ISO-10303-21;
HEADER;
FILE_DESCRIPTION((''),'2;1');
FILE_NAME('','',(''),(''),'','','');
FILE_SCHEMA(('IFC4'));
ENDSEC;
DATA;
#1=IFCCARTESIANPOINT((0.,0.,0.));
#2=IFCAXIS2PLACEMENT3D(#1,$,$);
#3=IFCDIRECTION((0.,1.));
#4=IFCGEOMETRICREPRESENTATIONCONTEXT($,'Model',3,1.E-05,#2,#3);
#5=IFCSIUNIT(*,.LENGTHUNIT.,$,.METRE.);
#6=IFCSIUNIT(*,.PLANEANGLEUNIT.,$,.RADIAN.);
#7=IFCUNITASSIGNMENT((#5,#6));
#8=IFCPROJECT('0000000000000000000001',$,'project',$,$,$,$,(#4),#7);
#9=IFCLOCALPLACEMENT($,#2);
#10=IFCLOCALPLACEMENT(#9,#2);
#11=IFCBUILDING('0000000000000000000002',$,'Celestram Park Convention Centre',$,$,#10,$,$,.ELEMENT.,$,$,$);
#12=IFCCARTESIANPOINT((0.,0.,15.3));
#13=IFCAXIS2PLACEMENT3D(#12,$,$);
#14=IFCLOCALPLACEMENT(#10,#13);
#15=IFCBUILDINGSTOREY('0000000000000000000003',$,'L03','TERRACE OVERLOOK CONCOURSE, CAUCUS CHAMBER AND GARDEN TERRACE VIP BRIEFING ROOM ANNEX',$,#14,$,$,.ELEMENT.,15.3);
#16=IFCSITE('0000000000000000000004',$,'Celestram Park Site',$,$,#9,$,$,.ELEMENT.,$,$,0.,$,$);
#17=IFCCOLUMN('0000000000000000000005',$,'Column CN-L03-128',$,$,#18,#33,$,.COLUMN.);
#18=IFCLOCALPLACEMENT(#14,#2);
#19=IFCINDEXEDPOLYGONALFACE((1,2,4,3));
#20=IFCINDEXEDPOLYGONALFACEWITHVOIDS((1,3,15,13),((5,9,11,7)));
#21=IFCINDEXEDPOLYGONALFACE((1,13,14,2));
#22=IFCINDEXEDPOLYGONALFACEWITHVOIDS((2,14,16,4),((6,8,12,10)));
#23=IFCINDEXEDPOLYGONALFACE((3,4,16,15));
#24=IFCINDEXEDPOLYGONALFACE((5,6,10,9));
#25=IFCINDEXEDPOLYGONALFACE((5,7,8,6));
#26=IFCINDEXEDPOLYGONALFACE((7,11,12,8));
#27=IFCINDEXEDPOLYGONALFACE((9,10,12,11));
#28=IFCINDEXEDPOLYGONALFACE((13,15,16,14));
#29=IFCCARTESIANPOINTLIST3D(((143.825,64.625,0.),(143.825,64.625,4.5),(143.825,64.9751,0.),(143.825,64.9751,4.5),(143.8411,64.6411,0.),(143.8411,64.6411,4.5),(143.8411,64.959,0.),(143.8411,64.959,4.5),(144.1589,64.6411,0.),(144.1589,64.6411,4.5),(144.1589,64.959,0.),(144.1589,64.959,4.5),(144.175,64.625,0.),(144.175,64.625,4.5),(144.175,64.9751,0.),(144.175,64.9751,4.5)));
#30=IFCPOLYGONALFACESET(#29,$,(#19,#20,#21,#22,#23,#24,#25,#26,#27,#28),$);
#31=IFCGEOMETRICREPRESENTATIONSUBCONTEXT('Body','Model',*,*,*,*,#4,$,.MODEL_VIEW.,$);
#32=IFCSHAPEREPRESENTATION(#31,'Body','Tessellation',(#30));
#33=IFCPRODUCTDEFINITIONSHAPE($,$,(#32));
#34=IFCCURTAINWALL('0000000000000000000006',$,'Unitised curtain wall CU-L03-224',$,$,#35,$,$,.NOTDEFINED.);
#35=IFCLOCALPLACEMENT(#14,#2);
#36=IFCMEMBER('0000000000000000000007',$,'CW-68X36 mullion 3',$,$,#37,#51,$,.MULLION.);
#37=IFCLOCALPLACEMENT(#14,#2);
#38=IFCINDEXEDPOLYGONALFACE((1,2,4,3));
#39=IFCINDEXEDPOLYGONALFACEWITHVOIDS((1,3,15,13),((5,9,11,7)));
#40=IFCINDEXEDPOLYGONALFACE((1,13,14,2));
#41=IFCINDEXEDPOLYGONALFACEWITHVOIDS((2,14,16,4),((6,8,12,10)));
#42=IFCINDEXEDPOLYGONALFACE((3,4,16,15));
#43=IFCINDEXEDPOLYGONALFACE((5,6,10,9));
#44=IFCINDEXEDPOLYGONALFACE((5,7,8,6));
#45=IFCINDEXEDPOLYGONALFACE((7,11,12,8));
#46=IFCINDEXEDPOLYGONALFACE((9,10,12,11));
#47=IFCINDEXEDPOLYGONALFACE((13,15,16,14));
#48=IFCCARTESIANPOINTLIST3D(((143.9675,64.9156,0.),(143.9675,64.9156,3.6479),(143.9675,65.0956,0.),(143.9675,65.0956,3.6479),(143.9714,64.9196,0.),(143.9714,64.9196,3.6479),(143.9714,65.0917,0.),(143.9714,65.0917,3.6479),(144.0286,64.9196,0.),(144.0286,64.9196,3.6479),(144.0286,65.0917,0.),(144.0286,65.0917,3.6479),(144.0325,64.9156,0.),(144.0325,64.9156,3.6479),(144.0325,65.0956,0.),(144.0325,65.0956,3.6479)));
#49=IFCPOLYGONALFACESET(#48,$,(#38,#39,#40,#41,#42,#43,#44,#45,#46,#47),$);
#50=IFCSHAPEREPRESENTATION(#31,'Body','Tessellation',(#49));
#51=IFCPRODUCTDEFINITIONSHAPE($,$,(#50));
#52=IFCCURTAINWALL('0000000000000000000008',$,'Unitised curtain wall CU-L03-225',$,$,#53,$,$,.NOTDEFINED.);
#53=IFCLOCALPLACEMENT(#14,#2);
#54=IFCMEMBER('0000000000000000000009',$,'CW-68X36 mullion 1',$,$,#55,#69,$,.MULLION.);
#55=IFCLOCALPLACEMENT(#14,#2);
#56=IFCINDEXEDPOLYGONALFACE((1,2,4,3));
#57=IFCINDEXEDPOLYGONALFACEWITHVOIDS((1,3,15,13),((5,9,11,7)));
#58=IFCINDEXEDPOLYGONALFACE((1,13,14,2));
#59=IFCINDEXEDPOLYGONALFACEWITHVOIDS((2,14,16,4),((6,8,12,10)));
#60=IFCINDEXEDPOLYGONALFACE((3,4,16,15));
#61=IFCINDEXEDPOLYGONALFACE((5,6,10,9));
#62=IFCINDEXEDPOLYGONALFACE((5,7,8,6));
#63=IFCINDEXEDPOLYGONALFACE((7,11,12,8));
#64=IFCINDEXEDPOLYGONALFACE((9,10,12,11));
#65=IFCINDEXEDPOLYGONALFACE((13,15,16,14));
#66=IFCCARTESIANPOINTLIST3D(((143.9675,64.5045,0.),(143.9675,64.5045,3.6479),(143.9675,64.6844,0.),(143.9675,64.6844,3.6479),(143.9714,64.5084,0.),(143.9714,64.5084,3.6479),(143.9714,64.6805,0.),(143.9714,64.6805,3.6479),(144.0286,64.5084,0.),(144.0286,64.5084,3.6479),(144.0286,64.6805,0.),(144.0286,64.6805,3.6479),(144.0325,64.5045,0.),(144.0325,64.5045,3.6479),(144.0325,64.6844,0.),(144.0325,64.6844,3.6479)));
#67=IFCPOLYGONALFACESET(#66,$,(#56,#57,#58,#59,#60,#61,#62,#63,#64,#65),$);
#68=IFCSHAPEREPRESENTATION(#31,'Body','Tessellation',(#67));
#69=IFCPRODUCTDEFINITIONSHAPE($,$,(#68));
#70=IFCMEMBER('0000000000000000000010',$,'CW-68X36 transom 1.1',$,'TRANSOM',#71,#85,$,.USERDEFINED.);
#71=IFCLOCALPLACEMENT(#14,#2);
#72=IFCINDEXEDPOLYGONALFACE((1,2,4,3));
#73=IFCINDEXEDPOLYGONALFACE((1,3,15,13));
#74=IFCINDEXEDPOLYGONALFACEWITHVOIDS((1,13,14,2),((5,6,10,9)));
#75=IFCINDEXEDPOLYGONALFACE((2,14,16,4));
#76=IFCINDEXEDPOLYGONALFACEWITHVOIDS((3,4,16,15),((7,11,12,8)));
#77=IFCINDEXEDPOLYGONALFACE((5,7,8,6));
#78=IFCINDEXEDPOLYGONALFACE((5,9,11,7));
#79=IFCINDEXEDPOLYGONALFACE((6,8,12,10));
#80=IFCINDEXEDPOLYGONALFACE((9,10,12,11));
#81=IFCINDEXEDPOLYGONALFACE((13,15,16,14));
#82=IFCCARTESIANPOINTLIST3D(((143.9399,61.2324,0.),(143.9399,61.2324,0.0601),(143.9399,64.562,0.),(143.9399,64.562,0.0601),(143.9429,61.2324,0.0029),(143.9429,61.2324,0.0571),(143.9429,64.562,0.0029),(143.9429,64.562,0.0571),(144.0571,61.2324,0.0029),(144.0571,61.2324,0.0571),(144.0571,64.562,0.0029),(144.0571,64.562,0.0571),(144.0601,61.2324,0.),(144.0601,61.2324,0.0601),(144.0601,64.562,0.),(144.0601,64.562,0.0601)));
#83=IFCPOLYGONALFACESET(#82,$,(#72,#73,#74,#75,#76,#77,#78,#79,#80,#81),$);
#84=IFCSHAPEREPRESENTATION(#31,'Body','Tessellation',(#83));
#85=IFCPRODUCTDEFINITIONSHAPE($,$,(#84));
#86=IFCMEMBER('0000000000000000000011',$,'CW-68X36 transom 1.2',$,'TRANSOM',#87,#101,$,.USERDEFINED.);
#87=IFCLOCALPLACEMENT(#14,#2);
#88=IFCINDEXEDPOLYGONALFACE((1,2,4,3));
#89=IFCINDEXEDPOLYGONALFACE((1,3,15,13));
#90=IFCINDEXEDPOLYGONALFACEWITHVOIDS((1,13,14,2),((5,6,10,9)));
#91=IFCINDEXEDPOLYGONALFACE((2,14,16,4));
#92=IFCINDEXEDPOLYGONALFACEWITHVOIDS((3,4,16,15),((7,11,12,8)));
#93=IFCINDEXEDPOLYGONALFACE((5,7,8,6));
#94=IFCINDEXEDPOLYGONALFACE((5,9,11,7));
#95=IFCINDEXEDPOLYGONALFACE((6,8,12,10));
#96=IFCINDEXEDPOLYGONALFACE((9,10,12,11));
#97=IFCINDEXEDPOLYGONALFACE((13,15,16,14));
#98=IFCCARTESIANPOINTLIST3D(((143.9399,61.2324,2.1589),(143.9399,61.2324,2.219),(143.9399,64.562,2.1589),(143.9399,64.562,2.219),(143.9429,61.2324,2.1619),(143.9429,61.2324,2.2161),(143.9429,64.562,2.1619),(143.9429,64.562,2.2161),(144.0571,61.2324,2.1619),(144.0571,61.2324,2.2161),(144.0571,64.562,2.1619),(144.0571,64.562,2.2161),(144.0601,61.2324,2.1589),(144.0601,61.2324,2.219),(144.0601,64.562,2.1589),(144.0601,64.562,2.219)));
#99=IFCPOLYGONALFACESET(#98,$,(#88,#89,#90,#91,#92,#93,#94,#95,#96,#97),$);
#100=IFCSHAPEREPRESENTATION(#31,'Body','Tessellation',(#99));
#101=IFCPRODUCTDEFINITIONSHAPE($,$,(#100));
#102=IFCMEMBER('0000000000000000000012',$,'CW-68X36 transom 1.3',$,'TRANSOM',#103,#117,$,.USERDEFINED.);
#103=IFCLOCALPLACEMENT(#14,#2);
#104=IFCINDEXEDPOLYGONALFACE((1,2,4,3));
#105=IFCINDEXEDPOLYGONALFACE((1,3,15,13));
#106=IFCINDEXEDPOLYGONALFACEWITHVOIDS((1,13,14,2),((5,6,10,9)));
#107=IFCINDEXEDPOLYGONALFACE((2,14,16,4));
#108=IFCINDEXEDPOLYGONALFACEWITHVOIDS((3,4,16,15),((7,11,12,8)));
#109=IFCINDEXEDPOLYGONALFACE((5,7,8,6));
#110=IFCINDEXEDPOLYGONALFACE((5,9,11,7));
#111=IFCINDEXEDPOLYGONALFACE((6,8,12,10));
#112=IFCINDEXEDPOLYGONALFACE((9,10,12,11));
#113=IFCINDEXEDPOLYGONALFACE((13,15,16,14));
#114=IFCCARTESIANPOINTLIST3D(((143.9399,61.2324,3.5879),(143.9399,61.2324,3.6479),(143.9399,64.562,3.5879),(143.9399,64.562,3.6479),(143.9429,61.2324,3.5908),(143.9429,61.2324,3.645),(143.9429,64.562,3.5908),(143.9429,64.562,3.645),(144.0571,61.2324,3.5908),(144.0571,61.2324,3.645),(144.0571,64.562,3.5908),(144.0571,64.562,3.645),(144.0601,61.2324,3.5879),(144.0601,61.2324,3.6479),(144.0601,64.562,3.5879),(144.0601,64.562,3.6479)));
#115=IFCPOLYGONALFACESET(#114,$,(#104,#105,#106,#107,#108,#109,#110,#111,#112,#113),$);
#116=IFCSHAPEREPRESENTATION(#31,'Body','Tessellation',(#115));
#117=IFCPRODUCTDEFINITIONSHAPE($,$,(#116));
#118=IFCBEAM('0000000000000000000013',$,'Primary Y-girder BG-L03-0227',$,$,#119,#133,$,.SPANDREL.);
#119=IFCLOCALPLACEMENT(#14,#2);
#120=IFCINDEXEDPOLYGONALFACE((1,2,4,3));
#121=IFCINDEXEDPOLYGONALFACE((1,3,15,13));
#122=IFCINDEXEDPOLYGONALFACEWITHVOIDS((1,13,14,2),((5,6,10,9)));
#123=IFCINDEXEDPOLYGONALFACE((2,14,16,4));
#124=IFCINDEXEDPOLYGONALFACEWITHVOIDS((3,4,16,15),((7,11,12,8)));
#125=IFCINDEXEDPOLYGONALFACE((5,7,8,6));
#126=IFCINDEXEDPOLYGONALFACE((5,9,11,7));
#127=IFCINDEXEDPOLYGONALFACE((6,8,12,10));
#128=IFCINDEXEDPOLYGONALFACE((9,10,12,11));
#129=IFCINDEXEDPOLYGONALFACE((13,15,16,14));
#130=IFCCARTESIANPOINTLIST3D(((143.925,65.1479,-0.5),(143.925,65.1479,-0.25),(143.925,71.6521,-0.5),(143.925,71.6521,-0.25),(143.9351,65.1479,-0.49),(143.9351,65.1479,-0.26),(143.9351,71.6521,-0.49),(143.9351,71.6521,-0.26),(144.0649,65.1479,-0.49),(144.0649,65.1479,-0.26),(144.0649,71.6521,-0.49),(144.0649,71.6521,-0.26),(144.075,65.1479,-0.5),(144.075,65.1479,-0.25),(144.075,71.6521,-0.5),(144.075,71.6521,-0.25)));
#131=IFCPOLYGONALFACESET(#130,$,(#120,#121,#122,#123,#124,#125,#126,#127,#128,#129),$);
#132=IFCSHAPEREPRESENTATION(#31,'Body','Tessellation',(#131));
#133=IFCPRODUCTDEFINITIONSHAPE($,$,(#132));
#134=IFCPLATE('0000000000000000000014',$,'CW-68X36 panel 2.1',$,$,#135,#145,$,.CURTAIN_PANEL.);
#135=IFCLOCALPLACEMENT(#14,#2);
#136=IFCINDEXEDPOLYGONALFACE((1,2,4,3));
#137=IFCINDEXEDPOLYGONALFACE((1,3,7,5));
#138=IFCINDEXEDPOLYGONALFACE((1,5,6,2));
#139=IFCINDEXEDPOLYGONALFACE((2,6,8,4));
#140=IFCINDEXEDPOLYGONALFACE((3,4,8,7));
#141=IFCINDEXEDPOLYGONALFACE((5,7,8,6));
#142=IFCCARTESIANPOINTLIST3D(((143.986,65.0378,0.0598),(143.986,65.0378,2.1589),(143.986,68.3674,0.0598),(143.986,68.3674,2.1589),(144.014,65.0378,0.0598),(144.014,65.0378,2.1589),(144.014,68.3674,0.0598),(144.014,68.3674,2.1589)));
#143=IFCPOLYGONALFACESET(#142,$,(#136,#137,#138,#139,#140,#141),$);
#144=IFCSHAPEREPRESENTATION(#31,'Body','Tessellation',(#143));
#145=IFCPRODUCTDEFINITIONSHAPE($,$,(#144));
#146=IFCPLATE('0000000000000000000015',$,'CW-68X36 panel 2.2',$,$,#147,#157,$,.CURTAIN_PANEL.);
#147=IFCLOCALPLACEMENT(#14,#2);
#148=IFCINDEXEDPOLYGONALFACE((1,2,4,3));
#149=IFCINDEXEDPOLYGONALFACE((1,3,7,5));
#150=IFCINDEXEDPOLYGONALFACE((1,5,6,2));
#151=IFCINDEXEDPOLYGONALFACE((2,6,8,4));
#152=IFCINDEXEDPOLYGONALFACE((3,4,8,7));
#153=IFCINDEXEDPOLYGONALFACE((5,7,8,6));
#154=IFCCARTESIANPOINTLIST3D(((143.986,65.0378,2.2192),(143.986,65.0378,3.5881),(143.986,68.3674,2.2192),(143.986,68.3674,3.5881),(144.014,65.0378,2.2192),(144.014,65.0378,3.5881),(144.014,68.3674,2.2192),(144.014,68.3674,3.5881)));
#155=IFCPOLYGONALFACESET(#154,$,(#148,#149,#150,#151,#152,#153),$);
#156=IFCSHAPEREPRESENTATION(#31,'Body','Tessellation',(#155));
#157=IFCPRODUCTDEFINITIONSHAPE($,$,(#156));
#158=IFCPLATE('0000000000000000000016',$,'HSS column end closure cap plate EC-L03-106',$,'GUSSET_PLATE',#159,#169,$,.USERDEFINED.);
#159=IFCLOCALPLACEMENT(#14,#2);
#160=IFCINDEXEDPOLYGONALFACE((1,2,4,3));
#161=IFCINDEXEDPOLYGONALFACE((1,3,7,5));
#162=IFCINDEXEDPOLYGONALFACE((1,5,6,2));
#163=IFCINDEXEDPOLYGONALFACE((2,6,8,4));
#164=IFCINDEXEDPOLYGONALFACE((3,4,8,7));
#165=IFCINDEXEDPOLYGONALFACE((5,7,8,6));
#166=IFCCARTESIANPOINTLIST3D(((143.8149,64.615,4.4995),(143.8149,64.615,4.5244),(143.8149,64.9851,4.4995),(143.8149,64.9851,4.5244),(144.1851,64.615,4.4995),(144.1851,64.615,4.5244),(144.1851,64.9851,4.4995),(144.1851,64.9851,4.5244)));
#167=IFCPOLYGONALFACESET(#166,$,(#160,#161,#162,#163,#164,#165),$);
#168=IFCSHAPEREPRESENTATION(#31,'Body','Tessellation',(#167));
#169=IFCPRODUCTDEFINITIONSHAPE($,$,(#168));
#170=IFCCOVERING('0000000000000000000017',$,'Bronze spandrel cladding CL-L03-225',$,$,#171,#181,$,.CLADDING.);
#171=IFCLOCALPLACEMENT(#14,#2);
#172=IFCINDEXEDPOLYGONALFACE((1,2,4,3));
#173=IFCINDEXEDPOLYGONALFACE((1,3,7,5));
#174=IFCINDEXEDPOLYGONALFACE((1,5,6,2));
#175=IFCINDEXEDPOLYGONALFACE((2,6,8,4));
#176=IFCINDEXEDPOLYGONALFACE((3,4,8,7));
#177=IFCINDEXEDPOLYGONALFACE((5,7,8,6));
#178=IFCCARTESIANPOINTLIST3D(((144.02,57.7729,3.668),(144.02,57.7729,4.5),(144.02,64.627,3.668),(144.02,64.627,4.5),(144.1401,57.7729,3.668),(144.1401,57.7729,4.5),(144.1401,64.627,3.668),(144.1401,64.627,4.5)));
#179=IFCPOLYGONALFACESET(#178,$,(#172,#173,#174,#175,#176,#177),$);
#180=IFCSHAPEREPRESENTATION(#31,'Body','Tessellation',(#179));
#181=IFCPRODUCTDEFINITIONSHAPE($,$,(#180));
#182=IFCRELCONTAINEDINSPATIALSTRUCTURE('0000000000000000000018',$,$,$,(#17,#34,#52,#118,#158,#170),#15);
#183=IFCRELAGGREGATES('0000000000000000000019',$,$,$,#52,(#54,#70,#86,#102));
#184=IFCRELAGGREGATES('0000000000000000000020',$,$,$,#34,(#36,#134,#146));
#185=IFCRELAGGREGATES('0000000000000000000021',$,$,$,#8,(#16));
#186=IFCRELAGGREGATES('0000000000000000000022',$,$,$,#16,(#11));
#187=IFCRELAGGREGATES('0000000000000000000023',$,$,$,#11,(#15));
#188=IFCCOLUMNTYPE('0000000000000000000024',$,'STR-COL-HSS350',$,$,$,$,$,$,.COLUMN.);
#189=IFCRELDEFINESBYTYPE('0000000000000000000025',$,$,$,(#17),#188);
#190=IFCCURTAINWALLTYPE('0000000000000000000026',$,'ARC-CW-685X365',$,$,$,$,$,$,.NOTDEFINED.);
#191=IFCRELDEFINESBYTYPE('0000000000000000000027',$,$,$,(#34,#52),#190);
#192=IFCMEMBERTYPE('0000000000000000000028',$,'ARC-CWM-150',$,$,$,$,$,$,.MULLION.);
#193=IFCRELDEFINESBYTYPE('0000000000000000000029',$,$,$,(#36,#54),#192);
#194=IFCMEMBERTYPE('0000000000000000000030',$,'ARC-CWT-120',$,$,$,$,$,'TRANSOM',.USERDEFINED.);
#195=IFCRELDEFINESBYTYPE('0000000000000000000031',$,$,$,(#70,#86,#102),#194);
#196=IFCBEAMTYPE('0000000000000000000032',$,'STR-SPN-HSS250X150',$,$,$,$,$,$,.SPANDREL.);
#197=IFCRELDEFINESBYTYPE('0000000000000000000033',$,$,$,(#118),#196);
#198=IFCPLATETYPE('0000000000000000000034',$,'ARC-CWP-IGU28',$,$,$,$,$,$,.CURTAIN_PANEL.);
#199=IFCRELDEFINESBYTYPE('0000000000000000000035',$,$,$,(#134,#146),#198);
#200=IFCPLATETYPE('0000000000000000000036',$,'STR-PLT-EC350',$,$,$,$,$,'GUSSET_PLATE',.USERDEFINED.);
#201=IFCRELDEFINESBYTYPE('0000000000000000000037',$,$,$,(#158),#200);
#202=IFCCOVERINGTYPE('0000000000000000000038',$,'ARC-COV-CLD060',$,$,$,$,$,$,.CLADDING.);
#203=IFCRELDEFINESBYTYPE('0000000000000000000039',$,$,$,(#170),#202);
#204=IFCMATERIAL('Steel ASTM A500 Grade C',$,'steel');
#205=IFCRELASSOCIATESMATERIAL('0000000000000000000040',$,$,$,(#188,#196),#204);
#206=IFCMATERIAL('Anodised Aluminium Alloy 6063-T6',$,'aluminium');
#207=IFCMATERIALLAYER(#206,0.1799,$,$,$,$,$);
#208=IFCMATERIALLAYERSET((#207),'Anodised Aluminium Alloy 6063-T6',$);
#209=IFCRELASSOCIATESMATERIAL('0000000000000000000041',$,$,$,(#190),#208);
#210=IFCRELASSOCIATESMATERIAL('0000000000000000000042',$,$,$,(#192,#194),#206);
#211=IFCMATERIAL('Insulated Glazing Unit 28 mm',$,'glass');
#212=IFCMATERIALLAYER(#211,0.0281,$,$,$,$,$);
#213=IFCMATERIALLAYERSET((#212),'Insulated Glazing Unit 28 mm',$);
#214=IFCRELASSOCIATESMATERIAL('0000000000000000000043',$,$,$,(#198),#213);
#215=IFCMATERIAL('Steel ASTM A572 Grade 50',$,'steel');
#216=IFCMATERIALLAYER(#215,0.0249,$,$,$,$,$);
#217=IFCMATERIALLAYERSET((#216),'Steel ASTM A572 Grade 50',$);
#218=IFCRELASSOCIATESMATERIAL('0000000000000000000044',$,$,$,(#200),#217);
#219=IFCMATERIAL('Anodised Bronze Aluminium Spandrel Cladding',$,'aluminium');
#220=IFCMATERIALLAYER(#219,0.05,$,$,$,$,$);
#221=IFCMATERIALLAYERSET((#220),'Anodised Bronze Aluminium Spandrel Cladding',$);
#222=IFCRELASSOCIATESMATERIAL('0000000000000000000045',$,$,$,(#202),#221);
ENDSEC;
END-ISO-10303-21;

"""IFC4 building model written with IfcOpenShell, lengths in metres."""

from ifc_helpers import new_model, si_unit, direction, frame, origin, origin_2d, place, context, subcontext, project, spatial, rectangle, hollow_rectangle, extrude, material, layer, layer_set, material_profile, profile_set, type_object, element, aggregate, save


model = new_model("IFC4")

# Units and contexts
model_context = context("Model", 3, precision=1e-05, world=origin(), true_north=direction((0.0, 1.0)))
body_context = subcontext(model_context, "Body", "Model", "MODEL_VIEW")
ifc_project = project(units=[si_unit("LENGTHUNIT", "METRE"), si_unit("PLANEANGLEUNIT", "RADIAN")], contexts=[model_context])

# Site, building, storey
site_placement = place(None, origin())
site = spatial("IfcSite", under=ifc_project, at=site_placement, Name="Celestram Park Site", CompositionType="ELEMENT", RefElevation=0.0)
building_placement = place(site_placement, origin())
building = spatial("IfcBuilding", under=site, at=building_placement, Name="Celestram Park Convention Centre", CompositionType="ELEMENT")
storey_placement = place(building_placement, frame((0.0, 0.0, 15.3)))
storey = spatial("IfcBuildingStorey", under=building, at=storey_placement, Name="L03", Description="TERRACE OVERLOOK CONCOURSE, CAUCUS CHAMBER AND GARDEN TERRACE VIP BRIEFING ROOM ANNEX", CompositionType="ELEMENT", Elevation=15.3)

# Column
ifc_material_1 = material(Name="Steel ASTM A500 Grade C", Category="steel")
ifc_material_profile_1 = material_profile(ifc_material_1, hollow_rectangle(XDim=0.3501, YDim=0.3501, WallThickness=0.0161, at=origin_2d()), Name="HSS350X350X16")
ifc_profile_set_1 = profile_set([ifc_material_profile_1], Name="Steel ASTM A500 Grade C")
column_type = type_object("IfcColumnType", Name="STR-COL-HSS350", PredefinedType="COLUMN", material=ifc_profile_set_1)
column_placement = place(storey_placement, frame((144.0, 64.8, 0.0), z_axis=(0.0, 0.0, 1.0), x_axis=(1.0, 0.0, 0.0)))
element("IfcColumn", 1, at=column_placement, inside=storey, type_object=column_type, Name="Column CN-L03-128", PredefinedType="COLUMN", context=body_context, shape_type="SweptSolid", body=[
    extrude(hollow_rectangle(XDim=0.3501, YDim=0.3501, WallThickness=0.0161, at=origin_2d()), origin(), (0.0, 0.0, 1.0), 4.5),
])

# Curtain wall, member
ifc_material_2 = material(Name="Anodised Aluminium Alloy 6063-T6", Category="aluminium")
ifc_layer_1 = layer(ifc_material_2, 0.1799)
ifc_layer_set_1 = layer_set([ifc_layer_1], Name="Anodised Aluminium Alloy 6063-T6")
curtain_wall_type = type_object("IfcCurtainWallType", Name="ARC-CW-685X365", PredefinedType="NOTDEFINED", material=ifc_layer_set_1)
curtain_wall_1_placement = place(storey_placement, origin())
curtain_wall_1 = element("IfcCurtainWall", 2, at=curtain_wall_1_placement, inside=storey, type_object=curtain_wall_type, Name="Unitised curtain wall CU-L03-224", PredefinedType="NOTDEFINED")
ifc_material_profile_2 = material_profile(ifc_material_2, hollow_rectangle(XDim=0.0649, YDim=0.1799, WallThickness=0.0039, at=origin_2d()), Name="ALU65X180X4")
ifc_profile_set_2 = profile_set([ifc_material_profile_2], Name="Anodised Aluminium Alloy 6063-T6")
member_type_1 = type_object("IfcMemberType", Name="ARC-CWM-150", PredefinedType="MULLION", material=ifc_profile_set_2)
member_1_placement = place(storey_placement, frame((144.0, 65.0056, 0.0), z_axis=(0.0, 0.0, 1.0), x_axis=(1.0, 0.0, 0.0)))
member_1 = element("IfcMember", 3, at=member_1_placement, type_object=member_type_1, Name="CW-68X36 mullion 3", PredefinedType="MULLION", context=body_context, shape_type="SweptSolid", body=[
    extrude(hollow_rectangle(XDim=0.0649, YDim=0.1799, WallThickness=0.0039, at=origin_2d()), origin(), (0.0, 0.0, 1.0), 3.6479),
])

# Curtain wall, members
curtain_wall_2_placement = place(storey_placement, origin())
curtain_wall_2 = element("IfcCurtainWall", 4, at=curtain_wall_2_placement, inside=storey, type_object=curtain_wall_type, Name="Unitised curtain wall CU-L03-225", PredefinedType="NOTDEFINED")
member_2_placement = place(storey_placement, frame((144.0, 64.5945, 0.0), z_axis=(0.0, 0.0, 1.0), x_axis=(1.0, 0.0, 0.0)))
member_2 = element("IfcMember", 5, at=member_2_placement, type_object=member_type_1, Name="CW-68X36 mullion 1", PredefinedType="MULLION", context=body_context, shape_type="SweptSolid", body=[
    extrude(hollow_rectangle(XDim=0.0649, YDim=0.1799, WallThickness=0.0039, at=origin_2d()), origin(), (0.0, 0.0, 1.0), 3.6479),
])
ifc_material_profile_3 = material_profile(ifc_material_2, hollow_rectangle(XDim=0.1201, YDim=0.0601, WallThickness=0.0029, at=origin_2d()), Name="ALU120X60X3")
ifc_profile_set_3 = profile_set([ifc_material_profile_3], Name="Anodised Aluminium Alloy 6063-T6")
member_type_2 = type_object("IfcMemberType", Name="ARC-CWT-120", ElementType="TRANSOM", PredefinedType="USERDEFINED", material=ifc_profile_set_3)
member_3_placement = place(storey_placement, frame((144.0, 64.562, 0.03), z_axis=(0.0, -1.0, 0.0), x_axis=(1.0, 0.0, 0.0)))
member_3 = element("IfcMember", 6, at=member_3_placement, type_object=member_type_2, Name="CW-68X36 transom 1.1", ObjectType="TRANSOM", PredefinedType="USERDEFINED", context=body_context, shape_type="SweptSolid", body=[
    extrude(hollow_rectangle(XDim=0.1201, YDim=0.0601, WallThickness=0.0029, at=origin_2d()), origin(), (0.0, 0.0, 1.0), 3.3296),
])
member_4_placement = place(storey_placement, frame((144.0, 64.562, 2.189), z_axis=(0.0, -1.0, 0.0), x_axis=(1.0, 0.0, 0.0)))
member_4 = element("IfcMember", 7, at=member_4_placement, type_object=member_type_2, Name="CW-68X36 transom 1.2", ObjectType="TRANSOM", PredefinedType="USERDEFINED", context=body_context, shape_type="SweptSolid", body=[
    extrude(hollow_rectangle(XDim=0.1201, YDim=0.0601, WallThickness=0.0029, at=origin_2d()), origin(), (0.0, 0.0, 1.0), 3.3296),
])
member_5_placement = place(storey_placement, frame((144.0, 64.562, 3.6179), z_axis=(0.0, -1.0, 0.0), x_axis=(1.0, 0.0, 0.0)))
member_5 = element("IfcMember", 8, at=member_5_placement, type_object=member_type_2, Name="CW-68X36 transom 1.3", ObjectType="TRANSOM", PredefinedType="USERDEFINED", context=body_context, shape_type="SweptSolid", body=[
    extrude(hollow_rectangle(XDim=0.1201, YDim=0.0601, WallThickness=0.0029, at=origin_2d()), origin(), (0.0, 0.0, 1.0), 3.3296),
])
aggregate(curtain_wall_2, [member_2, member_3, member_4, member_5])

# Beam
ifc_material_profile_4 = material_profile(ifc_material_1, hollow_rectangle(XDim=0.1499, YDim=0.25, WallThickness=0.01, at=origin_2d()), Name="HSS250X150X10")
ifc_profile_set_4 = profile_set([ifc_material_profile_4], Name="Steel ASTM A500 Grade C")
beam_type = type_object("IfcBeamType", Name="STR-SPN-HSS250X150", PredefinedType="SPANDREL", material=ifc_profile_set_4)
beam_placement = place(storey_placement, frame((144.0, 65.1479, -0.375), z_axis=(0.0, 1.0, 0.0), x_axis=(-1.0, 0.0, 0.0)))
element("IfcBeam", 9, at=beam_placement, inside=storey, type_object=beam_type, Name="Primary Y-girder BG-L03-0227", PredefinedType="SPANDREL", context=body_context, shape_type="SweptSolid", body=[
    extrude(hollow_rectangle(XDim=0.1499, YDim=0.25, WallThickness=0.01, at=origin_2d()), origin(), (0.0, 0.0, 1.0), 6.5042),
])

# Plates
ifc_material_3 = material(Name="Insulated Glazing Unit 28 mm", Category="glass")
ifc_layer_2 = layer(ifc_material_3, 0.0281)
ifc_layer_set_2 = layer_set([ifc_layer_2], Name="Insulated Glazing Unit 28 mm")
plate_type_1 = type_object("IfcPlateType", Name="ARC-CWP-IGU28", PredefinedType="CURTAIN_PANEL", material=ifc_layer_set_2)
plate_1_placement = place(storey_placement, frame((144.0, 66.7026, 0.0598), z_axis=(0.0, 0.0, 1.0), x_axis=(0.0, -1.0, 0.0)))
plate_1 = element("IfcPlate", 10, at=plate_1_placement, type_object=plate_type_1, Name="CW-68X36 panel 2.1", PredefinedType="CURTAIN_PANEL", context=body_context, shape_type="SweptSolid", body=[
    extrude(rectangle(XDim=3.3296, YDim=0.0281, at=origin_2d()), origin(), (0.0, 0.0, 1.0), 2.0991),
])
plate_2_placement = place(storey_placement, frame((144.0, 66.7026, 2.2192), z_axis=(0.0, 0.0, 1.0), x_axis=(0.0, -1.0, 0.0)))
plate_2 = element("IfcPlate", 11, at=plate_2_placement, type_object=plate_type_1, Name="CW-68X36 panel 2.2", PredefinedType="CURTAIN_PANEL", context=body_context, shape_type="SweptSolid", body=[
    extrude(rectangle(XDim=3.3296, YDim=0.0281, at=origin_2d()), origin(), (0.0, 0.0, 1.0), 1.3689),
])
aggregate(curtain_wall_1, [member_1, plate_1, plate_2])
ifc_material_4 = material(Name="Steel ASTM A572 Grade 50", Category="steel")
ifc_layer_3 = layer(ifc_material_4, 0.0249)
ifc_layer_set_3 = layer_set([ifc_layer_3], Name="Steel ASTM A572 Grade 50")
plate_type_2 = type_object("IfcPlateType", Name="STR-PLT-EC350", ElementType="GUSSET_PLATE", PredefinedType="USERDEFINED", material=ifc_layer_set_3)
plate_3_placement = place(storey_placement, frame((144.0, 64.8, 4.4995), z_axis=(0.0, 0.0, 1.0), x_axis=(1.0, 0.0, 0.0)))
element("IfcPlate", 12, at=plate_3_placement, inside=storey, type_object=plate_type_2, Name="HSS column end closure cap plate EC-L03-106", ObjectType="GUSSET_PLATE", PredefinedType="USERDEFINED", context=body_context, shape_type="SweptSolid", body=[
    extrude(rectangle(XDim=0.3701, YDim=0.3701, at=origin_2d()), origin(), (0.0, 0.0, 1.0), 0.0249),
])

# Covering
ifc_material_5 = material(Name="Anodised Bronze Aluminium Spandrel Cladding", Category="aluminium")
ifc_layer_4 = layer(ifc_material_5, 0.05)
ifc_layer_set_4 = layer_set([ifc_layer_4], Name="Anodised Bronze Aluminium Spandrel Cladding")
covering_type = type_object("IfcCoveringType", Name="ARC-COV-CLD060", PredefinedType="CLADDING", material=ifc_layer_set_4)
covering_placement = place(storey_placement, frame((144.0801, 61.2, 3.668), z_axis=(0.0, 0.0, 1.0), x_axis=(0.0, -1.0, 0.0)))
element("IfcCovering", 13, at=covering_placement, inside=storey, type_object=covering_type, Name="Bronze spandrel cladding CL-L03-225", PredefinedType="CLADDING", context=body_context, shape_type="SweptSolid", body=[
    extrude(rectangle(XDim=6.854, YDim=0.1201, at=origin_2d()), origin(), (0.0, 0.0, 1.0), 0.832),
])

save(model, "model.ifc")
